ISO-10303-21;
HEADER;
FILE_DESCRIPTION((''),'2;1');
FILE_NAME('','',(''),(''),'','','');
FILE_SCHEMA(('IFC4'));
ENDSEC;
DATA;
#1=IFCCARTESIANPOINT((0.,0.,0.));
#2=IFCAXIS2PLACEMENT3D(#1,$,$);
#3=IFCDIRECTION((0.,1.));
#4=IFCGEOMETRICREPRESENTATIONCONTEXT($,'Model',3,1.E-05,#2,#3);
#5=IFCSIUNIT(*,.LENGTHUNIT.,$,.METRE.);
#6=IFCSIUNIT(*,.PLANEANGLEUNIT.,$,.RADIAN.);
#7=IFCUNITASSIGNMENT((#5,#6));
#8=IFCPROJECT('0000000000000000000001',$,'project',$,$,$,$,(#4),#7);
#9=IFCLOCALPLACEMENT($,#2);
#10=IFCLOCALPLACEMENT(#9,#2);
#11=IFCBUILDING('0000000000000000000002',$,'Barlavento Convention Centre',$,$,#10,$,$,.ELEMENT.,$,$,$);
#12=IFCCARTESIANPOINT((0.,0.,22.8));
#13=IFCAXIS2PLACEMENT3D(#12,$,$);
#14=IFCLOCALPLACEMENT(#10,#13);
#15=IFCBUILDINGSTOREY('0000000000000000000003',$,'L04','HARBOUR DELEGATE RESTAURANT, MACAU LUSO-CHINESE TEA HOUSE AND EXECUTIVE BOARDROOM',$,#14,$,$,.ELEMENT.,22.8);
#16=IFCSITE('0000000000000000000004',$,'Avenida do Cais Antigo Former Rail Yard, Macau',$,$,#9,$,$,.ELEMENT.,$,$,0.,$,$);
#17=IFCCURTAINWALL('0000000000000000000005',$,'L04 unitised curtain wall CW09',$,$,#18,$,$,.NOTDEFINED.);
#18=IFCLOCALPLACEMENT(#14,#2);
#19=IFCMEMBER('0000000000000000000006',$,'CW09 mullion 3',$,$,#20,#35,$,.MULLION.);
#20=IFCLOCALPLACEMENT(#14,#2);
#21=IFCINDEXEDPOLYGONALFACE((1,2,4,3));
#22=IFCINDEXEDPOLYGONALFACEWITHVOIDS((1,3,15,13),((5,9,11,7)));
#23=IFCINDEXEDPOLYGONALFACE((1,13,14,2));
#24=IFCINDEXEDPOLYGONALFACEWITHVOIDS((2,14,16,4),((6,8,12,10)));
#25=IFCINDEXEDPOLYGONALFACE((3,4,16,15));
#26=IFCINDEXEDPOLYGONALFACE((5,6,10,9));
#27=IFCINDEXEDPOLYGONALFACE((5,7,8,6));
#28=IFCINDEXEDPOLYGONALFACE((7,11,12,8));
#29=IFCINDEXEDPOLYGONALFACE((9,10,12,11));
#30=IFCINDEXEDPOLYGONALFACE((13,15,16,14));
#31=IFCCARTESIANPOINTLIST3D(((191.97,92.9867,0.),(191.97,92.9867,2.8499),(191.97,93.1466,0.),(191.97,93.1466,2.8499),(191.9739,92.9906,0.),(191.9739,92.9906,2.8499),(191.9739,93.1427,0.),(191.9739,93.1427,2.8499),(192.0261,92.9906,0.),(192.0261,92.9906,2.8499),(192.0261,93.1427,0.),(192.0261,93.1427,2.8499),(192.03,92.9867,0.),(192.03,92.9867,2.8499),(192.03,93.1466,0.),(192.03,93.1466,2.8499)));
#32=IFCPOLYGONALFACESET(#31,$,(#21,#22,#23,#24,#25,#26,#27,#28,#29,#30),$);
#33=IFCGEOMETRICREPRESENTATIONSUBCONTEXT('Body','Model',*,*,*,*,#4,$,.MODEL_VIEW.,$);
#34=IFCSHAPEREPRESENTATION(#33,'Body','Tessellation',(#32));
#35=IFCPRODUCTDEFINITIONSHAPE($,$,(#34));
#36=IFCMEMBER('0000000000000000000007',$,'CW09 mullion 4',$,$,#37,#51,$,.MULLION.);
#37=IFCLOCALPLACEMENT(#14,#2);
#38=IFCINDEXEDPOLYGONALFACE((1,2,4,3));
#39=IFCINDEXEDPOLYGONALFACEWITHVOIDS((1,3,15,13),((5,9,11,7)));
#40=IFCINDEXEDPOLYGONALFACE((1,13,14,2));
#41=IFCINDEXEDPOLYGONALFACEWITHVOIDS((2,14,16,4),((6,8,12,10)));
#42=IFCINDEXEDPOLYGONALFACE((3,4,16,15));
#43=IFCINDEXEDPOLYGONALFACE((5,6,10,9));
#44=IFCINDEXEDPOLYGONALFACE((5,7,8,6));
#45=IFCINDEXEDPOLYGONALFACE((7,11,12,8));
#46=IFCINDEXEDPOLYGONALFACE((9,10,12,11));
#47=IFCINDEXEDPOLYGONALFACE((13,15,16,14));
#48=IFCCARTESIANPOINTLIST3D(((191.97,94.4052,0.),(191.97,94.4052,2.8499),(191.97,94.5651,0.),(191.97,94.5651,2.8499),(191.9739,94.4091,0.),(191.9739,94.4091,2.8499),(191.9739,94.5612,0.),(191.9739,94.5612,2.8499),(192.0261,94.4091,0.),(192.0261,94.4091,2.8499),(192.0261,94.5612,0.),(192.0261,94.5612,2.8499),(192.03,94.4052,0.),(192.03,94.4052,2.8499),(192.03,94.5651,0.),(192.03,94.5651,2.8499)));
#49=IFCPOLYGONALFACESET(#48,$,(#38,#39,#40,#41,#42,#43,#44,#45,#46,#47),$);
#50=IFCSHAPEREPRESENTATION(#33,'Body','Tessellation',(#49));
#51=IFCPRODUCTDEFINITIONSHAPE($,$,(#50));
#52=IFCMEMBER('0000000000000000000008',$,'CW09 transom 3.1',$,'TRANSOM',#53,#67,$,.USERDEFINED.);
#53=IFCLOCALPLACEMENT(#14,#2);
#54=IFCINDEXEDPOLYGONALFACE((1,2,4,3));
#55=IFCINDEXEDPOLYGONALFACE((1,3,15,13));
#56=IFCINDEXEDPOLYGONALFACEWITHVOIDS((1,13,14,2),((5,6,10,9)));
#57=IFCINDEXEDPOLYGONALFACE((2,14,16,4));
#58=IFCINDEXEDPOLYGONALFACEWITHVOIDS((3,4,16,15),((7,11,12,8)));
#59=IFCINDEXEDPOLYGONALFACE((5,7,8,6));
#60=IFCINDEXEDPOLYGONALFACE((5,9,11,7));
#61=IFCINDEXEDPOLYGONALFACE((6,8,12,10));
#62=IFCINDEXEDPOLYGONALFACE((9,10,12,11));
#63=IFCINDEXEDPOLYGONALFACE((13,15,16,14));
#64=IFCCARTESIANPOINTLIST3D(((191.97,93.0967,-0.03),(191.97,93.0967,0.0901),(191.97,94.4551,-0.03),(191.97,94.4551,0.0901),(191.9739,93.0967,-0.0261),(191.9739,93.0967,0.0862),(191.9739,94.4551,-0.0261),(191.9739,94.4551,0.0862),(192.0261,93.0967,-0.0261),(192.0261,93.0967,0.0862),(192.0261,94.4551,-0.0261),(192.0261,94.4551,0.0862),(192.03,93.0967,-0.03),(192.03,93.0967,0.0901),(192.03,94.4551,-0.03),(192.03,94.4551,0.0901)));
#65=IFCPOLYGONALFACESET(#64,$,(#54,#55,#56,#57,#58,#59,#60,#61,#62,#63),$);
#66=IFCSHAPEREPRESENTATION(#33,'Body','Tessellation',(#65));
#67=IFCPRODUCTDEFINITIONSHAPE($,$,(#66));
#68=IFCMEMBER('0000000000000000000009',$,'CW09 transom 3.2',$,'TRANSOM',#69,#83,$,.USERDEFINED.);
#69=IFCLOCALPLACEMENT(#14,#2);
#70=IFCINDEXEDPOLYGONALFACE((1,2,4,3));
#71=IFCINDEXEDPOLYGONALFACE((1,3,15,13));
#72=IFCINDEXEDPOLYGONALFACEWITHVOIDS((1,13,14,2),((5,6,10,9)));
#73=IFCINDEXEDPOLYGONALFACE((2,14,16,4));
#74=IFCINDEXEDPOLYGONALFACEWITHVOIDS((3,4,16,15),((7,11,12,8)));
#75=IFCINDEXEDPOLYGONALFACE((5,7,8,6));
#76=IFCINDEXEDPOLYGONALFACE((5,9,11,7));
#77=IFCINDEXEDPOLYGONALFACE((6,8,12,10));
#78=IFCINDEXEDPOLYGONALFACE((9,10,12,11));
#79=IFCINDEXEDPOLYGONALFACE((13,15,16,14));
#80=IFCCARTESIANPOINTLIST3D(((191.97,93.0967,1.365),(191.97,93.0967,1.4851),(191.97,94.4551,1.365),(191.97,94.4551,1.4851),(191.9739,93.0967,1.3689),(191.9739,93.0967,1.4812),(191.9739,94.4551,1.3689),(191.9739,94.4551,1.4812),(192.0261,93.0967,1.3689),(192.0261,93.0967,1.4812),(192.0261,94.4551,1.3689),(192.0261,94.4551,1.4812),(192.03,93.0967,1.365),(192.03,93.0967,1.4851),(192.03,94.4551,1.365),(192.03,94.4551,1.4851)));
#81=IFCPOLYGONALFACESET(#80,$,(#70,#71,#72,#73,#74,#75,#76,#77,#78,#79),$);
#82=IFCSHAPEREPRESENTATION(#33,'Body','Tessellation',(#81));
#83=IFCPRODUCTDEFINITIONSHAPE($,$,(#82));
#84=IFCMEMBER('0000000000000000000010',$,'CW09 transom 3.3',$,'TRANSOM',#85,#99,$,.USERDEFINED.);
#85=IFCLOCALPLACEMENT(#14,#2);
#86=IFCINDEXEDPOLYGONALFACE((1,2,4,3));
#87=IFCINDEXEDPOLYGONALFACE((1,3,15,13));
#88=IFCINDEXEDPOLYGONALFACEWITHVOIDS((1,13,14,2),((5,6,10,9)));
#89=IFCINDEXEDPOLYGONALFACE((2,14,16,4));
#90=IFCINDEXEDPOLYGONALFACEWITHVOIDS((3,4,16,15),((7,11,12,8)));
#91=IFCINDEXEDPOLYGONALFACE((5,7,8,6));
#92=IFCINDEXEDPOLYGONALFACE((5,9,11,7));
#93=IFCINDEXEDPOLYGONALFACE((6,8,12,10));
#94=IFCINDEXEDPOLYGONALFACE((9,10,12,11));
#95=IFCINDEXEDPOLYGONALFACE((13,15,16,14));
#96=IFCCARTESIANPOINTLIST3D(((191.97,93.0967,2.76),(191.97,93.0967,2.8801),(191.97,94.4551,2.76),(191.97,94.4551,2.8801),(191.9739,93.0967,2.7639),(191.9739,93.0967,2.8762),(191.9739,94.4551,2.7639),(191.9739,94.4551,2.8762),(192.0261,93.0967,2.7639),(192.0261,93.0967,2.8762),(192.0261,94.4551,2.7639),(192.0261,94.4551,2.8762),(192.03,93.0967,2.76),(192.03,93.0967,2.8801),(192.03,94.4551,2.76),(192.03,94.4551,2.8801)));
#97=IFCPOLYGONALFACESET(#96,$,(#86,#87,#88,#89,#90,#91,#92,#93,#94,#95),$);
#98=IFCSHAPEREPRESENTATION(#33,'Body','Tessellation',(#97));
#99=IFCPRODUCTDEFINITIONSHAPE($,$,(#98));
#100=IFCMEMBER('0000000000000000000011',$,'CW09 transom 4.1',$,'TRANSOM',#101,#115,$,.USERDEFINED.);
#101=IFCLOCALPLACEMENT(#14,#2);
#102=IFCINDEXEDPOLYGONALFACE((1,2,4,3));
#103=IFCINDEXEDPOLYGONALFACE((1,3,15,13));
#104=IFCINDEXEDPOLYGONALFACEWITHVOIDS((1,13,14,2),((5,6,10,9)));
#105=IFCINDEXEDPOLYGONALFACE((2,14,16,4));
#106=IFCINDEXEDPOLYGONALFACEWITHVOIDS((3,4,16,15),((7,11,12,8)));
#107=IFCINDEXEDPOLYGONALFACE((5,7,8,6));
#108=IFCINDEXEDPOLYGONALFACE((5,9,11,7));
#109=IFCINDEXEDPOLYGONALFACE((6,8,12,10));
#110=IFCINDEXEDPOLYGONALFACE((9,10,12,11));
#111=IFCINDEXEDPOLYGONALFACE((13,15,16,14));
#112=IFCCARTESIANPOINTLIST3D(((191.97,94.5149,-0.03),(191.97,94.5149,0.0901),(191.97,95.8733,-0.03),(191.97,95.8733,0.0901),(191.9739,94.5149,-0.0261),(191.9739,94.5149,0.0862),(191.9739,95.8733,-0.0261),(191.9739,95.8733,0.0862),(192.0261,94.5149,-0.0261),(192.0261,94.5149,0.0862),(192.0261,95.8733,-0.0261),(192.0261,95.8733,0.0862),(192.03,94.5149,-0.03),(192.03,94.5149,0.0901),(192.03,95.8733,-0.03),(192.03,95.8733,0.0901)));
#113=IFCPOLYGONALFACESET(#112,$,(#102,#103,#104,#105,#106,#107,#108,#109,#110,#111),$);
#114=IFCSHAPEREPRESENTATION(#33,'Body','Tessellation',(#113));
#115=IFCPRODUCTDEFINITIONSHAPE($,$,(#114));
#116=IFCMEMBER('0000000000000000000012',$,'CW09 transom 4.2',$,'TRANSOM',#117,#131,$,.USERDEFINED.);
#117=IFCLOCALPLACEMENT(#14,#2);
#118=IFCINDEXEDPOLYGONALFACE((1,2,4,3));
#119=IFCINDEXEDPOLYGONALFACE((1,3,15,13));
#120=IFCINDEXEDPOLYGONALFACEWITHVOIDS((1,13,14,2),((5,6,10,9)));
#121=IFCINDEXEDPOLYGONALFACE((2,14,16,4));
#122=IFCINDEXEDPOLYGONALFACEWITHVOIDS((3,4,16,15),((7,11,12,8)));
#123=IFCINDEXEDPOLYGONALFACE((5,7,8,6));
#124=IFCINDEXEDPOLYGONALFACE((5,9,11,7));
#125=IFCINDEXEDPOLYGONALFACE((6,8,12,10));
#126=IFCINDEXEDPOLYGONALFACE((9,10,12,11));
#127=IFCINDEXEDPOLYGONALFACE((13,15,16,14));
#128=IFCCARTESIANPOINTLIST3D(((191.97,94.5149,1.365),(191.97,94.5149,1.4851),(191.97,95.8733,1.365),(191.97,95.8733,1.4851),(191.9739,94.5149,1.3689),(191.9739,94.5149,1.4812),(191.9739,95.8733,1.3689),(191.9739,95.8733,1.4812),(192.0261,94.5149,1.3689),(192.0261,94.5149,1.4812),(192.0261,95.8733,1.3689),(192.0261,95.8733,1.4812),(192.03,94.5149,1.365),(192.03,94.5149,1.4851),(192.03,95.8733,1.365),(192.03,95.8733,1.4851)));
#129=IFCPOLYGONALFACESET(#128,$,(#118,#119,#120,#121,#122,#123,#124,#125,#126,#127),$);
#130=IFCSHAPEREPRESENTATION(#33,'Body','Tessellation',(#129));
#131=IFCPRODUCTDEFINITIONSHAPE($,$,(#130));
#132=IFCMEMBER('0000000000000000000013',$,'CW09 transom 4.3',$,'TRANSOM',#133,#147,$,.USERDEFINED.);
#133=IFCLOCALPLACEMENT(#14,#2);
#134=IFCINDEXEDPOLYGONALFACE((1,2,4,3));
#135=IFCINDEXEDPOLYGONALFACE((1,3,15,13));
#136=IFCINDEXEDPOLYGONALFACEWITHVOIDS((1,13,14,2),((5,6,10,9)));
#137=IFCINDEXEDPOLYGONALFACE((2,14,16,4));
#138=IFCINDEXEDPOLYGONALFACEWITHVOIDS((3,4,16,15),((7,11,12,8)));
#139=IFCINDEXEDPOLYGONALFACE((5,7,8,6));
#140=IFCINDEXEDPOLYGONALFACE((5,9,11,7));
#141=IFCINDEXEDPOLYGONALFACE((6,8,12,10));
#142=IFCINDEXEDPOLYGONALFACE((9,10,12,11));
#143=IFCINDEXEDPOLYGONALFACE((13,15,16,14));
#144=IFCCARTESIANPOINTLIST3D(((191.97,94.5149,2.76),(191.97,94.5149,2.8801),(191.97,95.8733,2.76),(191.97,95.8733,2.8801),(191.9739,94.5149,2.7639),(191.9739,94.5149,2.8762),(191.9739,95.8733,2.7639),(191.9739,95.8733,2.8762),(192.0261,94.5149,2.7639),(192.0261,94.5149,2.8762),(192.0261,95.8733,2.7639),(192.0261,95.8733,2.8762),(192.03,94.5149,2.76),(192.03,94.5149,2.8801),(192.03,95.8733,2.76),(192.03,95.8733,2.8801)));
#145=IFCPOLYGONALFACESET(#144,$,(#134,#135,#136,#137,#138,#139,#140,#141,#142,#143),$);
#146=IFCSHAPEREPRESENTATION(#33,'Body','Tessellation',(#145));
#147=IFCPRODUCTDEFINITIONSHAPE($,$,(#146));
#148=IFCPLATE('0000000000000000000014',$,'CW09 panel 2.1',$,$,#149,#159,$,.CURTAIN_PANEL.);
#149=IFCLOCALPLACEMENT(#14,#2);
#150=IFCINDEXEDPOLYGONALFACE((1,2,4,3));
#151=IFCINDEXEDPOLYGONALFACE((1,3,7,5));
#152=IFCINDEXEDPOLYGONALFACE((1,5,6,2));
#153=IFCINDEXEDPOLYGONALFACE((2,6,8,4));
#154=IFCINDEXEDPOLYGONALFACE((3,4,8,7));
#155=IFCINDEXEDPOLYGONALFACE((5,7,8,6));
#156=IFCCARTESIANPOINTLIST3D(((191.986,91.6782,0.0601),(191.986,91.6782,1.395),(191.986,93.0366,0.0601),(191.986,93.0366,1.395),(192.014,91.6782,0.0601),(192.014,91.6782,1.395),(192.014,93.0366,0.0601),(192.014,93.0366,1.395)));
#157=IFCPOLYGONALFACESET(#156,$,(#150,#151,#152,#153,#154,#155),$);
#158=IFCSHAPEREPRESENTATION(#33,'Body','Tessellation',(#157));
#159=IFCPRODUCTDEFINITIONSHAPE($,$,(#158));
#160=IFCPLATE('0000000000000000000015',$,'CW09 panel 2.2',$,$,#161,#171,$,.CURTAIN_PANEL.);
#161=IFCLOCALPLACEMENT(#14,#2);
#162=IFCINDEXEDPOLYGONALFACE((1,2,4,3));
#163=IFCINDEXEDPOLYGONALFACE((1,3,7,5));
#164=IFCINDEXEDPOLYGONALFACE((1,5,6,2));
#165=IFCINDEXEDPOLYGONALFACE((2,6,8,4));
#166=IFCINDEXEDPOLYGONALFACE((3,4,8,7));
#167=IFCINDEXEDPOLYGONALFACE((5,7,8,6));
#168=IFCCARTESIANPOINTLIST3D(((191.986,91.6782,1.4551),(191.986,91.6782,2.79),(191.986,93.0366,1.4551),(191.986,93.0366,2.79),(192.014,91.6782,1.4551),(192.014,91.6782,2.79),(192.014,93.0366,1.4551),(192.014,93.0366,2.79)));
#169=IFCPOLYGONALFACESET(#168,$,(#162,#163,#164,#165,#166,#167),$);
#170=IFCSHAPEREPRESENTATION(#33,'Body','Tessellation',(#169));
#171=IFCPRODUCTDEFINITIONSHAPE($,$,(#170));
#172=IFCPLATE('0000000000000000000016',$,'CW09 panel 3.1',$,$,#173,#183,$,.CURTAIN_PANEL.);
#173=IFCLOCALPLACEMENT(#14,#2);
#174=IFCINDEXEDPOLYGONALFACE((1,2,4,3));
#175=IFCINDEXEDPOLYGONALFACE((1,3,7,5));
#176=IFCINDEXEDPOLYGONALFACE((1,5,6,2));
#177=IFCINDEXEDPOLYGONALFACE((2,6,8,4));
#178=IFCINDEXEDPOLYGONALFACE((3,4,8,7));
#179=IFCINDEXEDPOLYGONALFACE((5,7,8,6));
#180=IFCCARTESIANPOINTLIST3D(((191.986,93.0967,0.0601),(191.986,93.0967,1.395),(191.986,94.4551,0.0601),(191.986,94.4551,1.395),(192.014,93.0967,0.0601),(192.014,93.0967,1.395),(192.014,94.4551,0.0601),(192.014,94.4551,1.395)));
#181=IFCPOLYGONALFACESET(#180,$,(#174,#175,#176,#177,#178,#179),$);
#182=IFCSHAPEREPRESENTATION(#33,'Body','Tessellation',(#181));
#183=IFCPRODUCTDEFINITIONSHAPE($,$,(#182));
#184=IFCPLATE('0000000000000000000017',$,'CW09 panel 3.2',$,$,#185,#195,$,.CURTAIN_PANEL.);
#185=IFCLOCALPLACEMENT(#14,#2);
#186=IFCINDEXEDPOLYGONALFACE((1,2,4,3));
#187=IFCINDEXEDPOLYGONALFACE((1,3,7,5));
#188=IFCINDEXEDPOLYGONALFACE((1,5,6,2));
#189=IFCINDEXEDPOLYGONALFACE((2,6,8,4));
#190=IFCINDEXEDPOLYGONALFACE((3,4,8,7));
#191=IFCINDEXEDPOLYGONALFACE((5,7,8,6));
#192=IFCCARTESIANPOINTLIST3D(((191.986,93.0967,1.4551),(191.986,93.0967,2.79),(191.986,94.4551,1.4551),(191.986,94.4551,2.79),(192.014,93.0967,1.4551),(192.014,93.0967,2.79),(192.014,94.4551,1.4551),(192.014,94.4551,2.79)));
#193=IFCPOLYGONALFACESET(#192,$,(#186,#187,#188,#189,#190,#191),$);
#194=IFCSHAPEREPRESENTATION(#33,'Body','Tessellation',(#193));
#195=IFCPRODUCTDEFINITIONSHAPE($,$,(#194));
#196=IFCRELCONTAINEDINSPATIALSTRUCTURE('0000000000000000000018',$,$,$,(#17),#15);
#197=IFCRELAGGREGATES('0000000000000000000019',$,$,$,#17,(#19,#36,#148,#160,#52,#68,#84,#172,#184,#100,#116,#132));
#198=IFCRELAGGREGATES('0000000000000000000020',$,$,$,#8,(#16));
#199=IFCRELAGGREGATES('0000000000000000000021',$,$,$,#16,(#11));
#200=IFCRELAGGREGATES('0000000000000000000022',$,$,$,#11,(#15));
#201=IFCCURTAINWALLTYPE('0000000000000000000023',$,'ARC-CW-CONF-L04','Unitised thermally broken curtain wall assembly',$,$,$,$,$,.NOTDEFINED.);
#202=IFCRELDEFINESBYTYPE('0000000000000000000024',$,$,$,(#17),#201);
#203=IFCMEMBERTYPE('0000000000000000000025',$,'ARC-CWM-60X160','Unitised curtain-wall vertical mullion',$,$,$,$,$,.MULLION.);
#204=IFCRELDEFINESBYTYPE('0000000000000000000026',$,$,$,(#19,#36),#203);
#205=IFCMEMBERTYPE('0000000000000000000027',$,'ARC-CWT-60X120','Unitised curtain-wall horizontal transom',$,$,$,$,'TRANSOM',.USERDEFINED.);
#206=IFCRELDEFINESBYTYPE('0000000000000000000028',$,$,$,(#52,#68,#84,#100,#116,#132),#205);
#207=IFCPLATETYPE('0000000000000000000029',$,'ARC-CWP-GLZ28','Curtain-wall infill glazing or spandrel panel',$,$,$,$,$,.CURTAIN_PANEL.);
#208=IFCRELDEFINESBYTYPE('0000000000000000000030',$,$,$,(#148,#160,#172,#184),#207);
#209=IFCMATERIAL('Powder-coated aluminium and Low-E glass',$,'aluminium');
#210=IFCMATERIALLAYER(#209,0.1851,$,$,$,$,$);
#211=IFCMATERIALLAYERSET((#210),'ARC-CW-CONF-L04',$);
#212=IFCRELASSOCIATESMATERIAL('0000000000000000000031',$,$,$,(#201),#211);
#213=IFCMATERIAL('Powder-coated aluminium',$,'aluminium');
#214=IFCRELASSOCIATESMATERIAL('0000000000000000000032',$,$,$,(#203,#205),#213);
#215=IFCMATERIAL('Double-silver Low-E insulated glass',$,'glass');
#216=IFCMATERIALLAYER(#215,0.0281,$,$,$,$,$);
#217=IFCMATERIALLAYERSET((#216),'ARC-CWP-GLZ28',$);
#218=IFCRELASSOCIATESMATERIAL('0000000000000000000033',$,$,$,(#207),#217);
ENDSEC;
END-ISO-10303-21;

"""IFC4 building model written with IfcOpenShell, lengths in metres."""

from ifc_helpers import new_model, si_unit, direction, frame, origin, origin_2d, place, context, subcontext, project, spatial, rectangle, hollow_rectangle, extrude, material, layer, layer_set, material_profile, profile_set, type_object, element, aggregate, save


model = new_model("IFC4")

# Units and contexts
model_context = context("Model", 3, precision=1e-05, world=origin(), true_north=direction((0.0, 1.0)))
body_context = subcontext(model_context, "Body", "Model", "MODEL_VIEW")
ifc_project = project(units=[si_unit("LENGTHUNIT", "METRE"), si_unit("PLANEANGLEUNIT", "RADIAN")], contexts=[model_context])

# Site, building, storey
site_placement = place(None, origin())
site = spatial("IfcSite", under=ifc_project, at=site_placement, Name="Avenida do Cais Antigo Former Rail Yard, Macau", CompositionType="ELEMENT", RefElevation=0.0)
building_placement = place(site_placement, origin())
building = spatial("IfcBuilding", under=site, at=building_placement, Name="Barlavento Convention Centre", CompositionType="ELEMENT")
storey_placement = place(building_placement, frame((0.0, 0.0, 22.8)))
storey = spatial("IfcBuildingStorey", under=building, at=storey_placement, Name="L04", Description="HARBOUR DELEGATE RESTAURANT, MACAU LUSO-CHINESE TEA HOUSE AND EXECUTIVE BOARDROOM", CompositionType="ELEMENT", Elevation=22.8)

# Curtain wall, members, plates
ifc_material_1 = material(Name="Powder-coated aluminium and Low-E glass", Category="aluminium")
ifc_layer_1 = layer(ifc_material_1, 0.1851)
ifc_layer_set_1 = layer_set([ifc_layer_1], Name="ARC-CW-CONF-L04")
curtain_wall_type = type_object("IfcCurtainWallType", Name="ARC-CW-CONF-L04", Description="Unitised thermally broken curtain wall assembly", PredefinedType="NOTDEFINED", material=ifc_layer_set_1)
curtain_wall_placement = place(storey_placement, origin())
curtain_wall = element("IfcCurtainWall", 1, at=curtain_wall_placement, inside=storey, type_object=curtain_wall_type, Name="L04 unitised curtain wall CW09", PredefinedType="NOTDEFINED")
ifc_material_2 = material(Name="Powder-coated aluminium", Category="aluminium")
ifc_material_profile_1 = material_profile(ifc_material_2, hollow_rectangle(XDim=0.0601, YDim=0.1599, WallThickness=0.0039, at=origin_2d()), Name="AL-MULL 60x160x4")
ifc_profile_set_1 = profile_set([ifc_material_profile_1], Name="Powder-coated aluminium")
member_type_1 = type_object("IfcMemberType", Name="ARC-CWM-60X160", Description="Unitised curtain-wall vertical mullion", PredefinedType="MULLION", material=ifc_profile_set_1)
member_1_placement = place(storey_placement, frame((192.0, 93.0667, 0.0), z_axis=(0.0, 0.0, 1.0), x_axis=(-1.0, 0.0, 0.0)))
member_1 = element("IfcMember", 2, at=member_1_placement, type_object=member_type_1, Name="CW09 mullion 3", PredefinedType="MULLION", context=body_context, shape_type="SweptSolid", body=[
    extrude(hollow_rectangle(XDim=0.0601, YDim=0.1599, WallThickness=0.0039, at=origin_2d()), origin(), (0.0, 0.0, 1.0), 2.8499),
])
member_2_placement = place(storey_placement, frame((192.0, 94.4851, 0.0), z_axis=(0.0, 0.0, 1.0), x_axis=(-1.0, 0.0, 0.0)))
member_2 = element("IfcMember", 3, at=member_2_placement, type_object=member_type_1, Name="CW09 mullion 4", PredefinedType="MULLION", context=body_context, shape_type="SweptSolid", body=[
    extrude(hollow_rectangle(XDim=0.0601, YDim=0.1599, WallThickness=0.0039, at=origin_2d()), origin(), (0.0, 0.0, 1.0), 2.8499),
])
ifc_material_profile_2 = material_profile(ifc_material_2, hollow_rectangle(XDim=0.0601, YDim=0.1201, WallThickness=0.0039, at=origin_2d()), Name="AL-TRAN 60x120x4")
ifc_profile_set_2 = profile_set([ifc_material_profile_2], Name="Powder-coated aluminium")
member_type_2 = type_object("IfcMemberType", Name="ARC-CWT-60X120", Description="Unitised curtain-wall horizontal transom", ElementType="TRANSOM", PredefinedType="USERDEFINED", material=ifc_profile_set_2)
member_3_placement = place(storey_placement, frame((192.0, 93.0967, 0.03), z_axis=(0.0, 1.0, 0.0), x_axis=(-1.0, 0.0, 0.0)))
member_3 = element("IfcMember", 4, at=member_3_placement, type_object=member_type_2, Name="CW09 transom 3.1", ObjectType="TRANSOM", PredefinedType="USERDEFINED", context=body_context, shape_type="SweptSolid", body=[
    extrude(hollow_rectangle(XDim=0.0601, YDim=0.1201, WallThickness=0.0039, at=origin_2d()), origin(), (0.0, 0.0, 1.0), 1.3584),
])
member_4_placement = place(storey_placement, frame((192.0, 93.0967, 1.425), z_axis=(0.0, 1.0, 0.0), x_axis=(-1.0, 0.0, 0.0)))
member_4 = element("IfcMember", 5, at=member_4_placement, type_object=member_type_2, Name="CW09 transom 3.2", ObjectType="TRANSOM", PredefinedType="USERDEFINED", context=body_context, shape_type="SweptSolid", body=[
    extrude(hollow_rectangle(XDim=0.0601, YDim=0.1201, WallThickness=0.0039, at=origin_2d()), origin(), (0.0, 0.0, 1.0), 1.3584),
])
member_5_placement = place(storey_placement, frame((192.0, 93.0967, 2.8201), z_axis=(0.0, 1.0, 0.0), x_axis=(-1.0, 0.0, 0.0)))
member_5 = element("IfcMember", 6, at=member_5_placement, type_object=member_type_2, Name="CW09 transom 3.3", ObjectType="TRANSOM", PredefinedType="USERDEFINED", context=body_context, shape_type="SweptSolid", body=[
    extrude(hollow_rectangle(XDim=0.0601, YDim=0.1201, WallThickness=0.0039, at=origin_2d()), origin(), (0.0, 0.0, 1.0), 1.3584),
])
member_6_placement = place(storey_placement, frame((192.0, 94.5149, 0.03), z_axis=(0.0, 1.0, 0.0), x_axis=(-1.0, 0.0, 0.0)))
member_6 = element("IfcMember", 7, at=member_6_placement, type_object=member_type_2, Name="CW09 transom 4.1", ObjectType="TRANSOM", PredefinedType="USERDEFINED", context=body_context, shape_type="SweptSolid", body=[
    extrude(hollow_rectangle(XDim=0.0601, YDim=0.1201, WallThickness=0.0039, at=origin_2d()), origin(), (0.0, 0.0, 1.0), 1.3584),
])
member_7_placement = place(storey_placement, frame((192.0, 94.5149, 1.425), z_axis=(0.0, 1.0, 0.0), x_axis=(-1.0, 0.0, 0.0)))
member_7 = element("IfcMember", 8, at=member_7_placement, type_object=member_type_2, Name="CW09 transom 4.2", ObjectType="TRANSOM", PredefinedType="USERDEFINED", context=body_context, shape_type="SweptSolid", body=[
    extrude(hollow_rectangle(XDim=0.0601, YDim=0.1201, WallThickness=0.0039, at=origin_2d()), origin(), (0.0, 0.0, 1.0), 1.3584),
])
member_8_placement = place(storey_placement, frame((192.0, 94.5149, 2.8201), z_axis=(0.0, 1.0, 0.0), x_axis=(-1.0, 0.0, 0.0)))
member_8 = element("IfcMember", 9, at=member_8_placement, type_object=member_type_2, Name="CW09 transom 4.3", ObjectType="TRANSOM", PredefinedType="USERDEFINED", context=body_context, shape_type="SweptSolid", body=[
    extrude(hollow_rectangle(XDim=0.0601, YDim=0.1201, WallThickness=0.0039, at=origin_2d()), origin(), (0.0, 0.0, 1.0), 1.3584),
])
ifc_material_3 = material(Name="Double-silver Low-E insulated glass", Category="glass")
ifc_layer_2 = layer(ifc_material_3, 0.0281)
ifc_layer_set_2 = layer_set([ifc_layer_2], Name="ARC-CWP-GLZ28")
plate_type = type_object("IfcPlateType", Name="ARC-CWP-GLZ28", Description="Curtain-wall infill glazing or spandrel panel", PredefinedType="CURTAIN_PANEL", material=ifc_layer_set_2)
plate_1_placement = place(storey_placement, frame((192.0, 92.3574, 0.0601), z_axis=(0.0, 0.0, 1.0), x_axis=(0.0, 1.0, 0.0)))
plate_1 = element("IfcPlate", 10, at=plate_1_placement, type_object=plate_type, Name="CW09 panel 2.1", PredefinedType="CURTAIN_PANEL", context=body_context, shape_type="SweptSolid", body=[
    extrude(rectangle(XDim=1.3584, YDim=0.0281, at=origin_2d()), origin(), (0.0, 0.0, 1.0), 1.335),
])
plate_2_placement = place(storey_placement, frame((192.0, 92.3574, 1.4551), z_axis=(0.0, 0.0, 1.0), x_axis=(0.0, 1.0, 0.0)))
plate_2 = element("IfcPlate", 11, at=plate_2_placement, type_object=plate_type, Name="CW09 panel 2.2", PredefinedType="CURTAIN_PANEL", context=body_context, shape_type="SweptSolid", body=[
    extrude(rectangle(XDim=1.3584, YDim=0.0281, at=origin_2d()), origin(), (0.0, 0.0, 1.0), 1.335),
])
plate_3_placement = place(storey_placement, frame((192.0, 93.7759, 0.0601), z_axis=(0.0, 0.0, 1.0), x_axis=(0.0, 1.0, 0.0)))
plate_3 = element("IfcPlate", 12, at=plate_3_placement, type_object=plate_type, Name="CW09 panel 3.1", PredefinedType="CURTAIN_PANEL", context=body_context, shape_type="SweptSolid", body=[
    extrude(rectangle(XDim=1.3584, YDim=0.0281, at=origin_2d()), origin(), (0.0, 0.0, 1.0), 1.335),
])
plate_4_placement = place(storey_placement, frame((192.0, 93.7759, 1.4551), z_axis=(0.0, 0.0, 1.0), x_axis=(0.0, 1.0, 0.0)))
plate_4 = element("IfcPlate", 13, at=plate_4_placement, type_object=plate_type, Name="CW09 panel 3.2", PredefinedType="CURTAIN_PANEL", context=body_context, shape_type="SweptSolid", body=[
    extrude(rectangle(XDim=1.3584, YDim=0.0281, at=origin_2d()), origin(), (0.0, 0.0, 1.0), 1.335),
])
aggregate(curtain_wall, [member_1, member_2, plate_1, plate_2, member_3, member_4, member_5, plate_3, plate_4, member_6, member_7, member_8])

save(model, "model.ifc")
